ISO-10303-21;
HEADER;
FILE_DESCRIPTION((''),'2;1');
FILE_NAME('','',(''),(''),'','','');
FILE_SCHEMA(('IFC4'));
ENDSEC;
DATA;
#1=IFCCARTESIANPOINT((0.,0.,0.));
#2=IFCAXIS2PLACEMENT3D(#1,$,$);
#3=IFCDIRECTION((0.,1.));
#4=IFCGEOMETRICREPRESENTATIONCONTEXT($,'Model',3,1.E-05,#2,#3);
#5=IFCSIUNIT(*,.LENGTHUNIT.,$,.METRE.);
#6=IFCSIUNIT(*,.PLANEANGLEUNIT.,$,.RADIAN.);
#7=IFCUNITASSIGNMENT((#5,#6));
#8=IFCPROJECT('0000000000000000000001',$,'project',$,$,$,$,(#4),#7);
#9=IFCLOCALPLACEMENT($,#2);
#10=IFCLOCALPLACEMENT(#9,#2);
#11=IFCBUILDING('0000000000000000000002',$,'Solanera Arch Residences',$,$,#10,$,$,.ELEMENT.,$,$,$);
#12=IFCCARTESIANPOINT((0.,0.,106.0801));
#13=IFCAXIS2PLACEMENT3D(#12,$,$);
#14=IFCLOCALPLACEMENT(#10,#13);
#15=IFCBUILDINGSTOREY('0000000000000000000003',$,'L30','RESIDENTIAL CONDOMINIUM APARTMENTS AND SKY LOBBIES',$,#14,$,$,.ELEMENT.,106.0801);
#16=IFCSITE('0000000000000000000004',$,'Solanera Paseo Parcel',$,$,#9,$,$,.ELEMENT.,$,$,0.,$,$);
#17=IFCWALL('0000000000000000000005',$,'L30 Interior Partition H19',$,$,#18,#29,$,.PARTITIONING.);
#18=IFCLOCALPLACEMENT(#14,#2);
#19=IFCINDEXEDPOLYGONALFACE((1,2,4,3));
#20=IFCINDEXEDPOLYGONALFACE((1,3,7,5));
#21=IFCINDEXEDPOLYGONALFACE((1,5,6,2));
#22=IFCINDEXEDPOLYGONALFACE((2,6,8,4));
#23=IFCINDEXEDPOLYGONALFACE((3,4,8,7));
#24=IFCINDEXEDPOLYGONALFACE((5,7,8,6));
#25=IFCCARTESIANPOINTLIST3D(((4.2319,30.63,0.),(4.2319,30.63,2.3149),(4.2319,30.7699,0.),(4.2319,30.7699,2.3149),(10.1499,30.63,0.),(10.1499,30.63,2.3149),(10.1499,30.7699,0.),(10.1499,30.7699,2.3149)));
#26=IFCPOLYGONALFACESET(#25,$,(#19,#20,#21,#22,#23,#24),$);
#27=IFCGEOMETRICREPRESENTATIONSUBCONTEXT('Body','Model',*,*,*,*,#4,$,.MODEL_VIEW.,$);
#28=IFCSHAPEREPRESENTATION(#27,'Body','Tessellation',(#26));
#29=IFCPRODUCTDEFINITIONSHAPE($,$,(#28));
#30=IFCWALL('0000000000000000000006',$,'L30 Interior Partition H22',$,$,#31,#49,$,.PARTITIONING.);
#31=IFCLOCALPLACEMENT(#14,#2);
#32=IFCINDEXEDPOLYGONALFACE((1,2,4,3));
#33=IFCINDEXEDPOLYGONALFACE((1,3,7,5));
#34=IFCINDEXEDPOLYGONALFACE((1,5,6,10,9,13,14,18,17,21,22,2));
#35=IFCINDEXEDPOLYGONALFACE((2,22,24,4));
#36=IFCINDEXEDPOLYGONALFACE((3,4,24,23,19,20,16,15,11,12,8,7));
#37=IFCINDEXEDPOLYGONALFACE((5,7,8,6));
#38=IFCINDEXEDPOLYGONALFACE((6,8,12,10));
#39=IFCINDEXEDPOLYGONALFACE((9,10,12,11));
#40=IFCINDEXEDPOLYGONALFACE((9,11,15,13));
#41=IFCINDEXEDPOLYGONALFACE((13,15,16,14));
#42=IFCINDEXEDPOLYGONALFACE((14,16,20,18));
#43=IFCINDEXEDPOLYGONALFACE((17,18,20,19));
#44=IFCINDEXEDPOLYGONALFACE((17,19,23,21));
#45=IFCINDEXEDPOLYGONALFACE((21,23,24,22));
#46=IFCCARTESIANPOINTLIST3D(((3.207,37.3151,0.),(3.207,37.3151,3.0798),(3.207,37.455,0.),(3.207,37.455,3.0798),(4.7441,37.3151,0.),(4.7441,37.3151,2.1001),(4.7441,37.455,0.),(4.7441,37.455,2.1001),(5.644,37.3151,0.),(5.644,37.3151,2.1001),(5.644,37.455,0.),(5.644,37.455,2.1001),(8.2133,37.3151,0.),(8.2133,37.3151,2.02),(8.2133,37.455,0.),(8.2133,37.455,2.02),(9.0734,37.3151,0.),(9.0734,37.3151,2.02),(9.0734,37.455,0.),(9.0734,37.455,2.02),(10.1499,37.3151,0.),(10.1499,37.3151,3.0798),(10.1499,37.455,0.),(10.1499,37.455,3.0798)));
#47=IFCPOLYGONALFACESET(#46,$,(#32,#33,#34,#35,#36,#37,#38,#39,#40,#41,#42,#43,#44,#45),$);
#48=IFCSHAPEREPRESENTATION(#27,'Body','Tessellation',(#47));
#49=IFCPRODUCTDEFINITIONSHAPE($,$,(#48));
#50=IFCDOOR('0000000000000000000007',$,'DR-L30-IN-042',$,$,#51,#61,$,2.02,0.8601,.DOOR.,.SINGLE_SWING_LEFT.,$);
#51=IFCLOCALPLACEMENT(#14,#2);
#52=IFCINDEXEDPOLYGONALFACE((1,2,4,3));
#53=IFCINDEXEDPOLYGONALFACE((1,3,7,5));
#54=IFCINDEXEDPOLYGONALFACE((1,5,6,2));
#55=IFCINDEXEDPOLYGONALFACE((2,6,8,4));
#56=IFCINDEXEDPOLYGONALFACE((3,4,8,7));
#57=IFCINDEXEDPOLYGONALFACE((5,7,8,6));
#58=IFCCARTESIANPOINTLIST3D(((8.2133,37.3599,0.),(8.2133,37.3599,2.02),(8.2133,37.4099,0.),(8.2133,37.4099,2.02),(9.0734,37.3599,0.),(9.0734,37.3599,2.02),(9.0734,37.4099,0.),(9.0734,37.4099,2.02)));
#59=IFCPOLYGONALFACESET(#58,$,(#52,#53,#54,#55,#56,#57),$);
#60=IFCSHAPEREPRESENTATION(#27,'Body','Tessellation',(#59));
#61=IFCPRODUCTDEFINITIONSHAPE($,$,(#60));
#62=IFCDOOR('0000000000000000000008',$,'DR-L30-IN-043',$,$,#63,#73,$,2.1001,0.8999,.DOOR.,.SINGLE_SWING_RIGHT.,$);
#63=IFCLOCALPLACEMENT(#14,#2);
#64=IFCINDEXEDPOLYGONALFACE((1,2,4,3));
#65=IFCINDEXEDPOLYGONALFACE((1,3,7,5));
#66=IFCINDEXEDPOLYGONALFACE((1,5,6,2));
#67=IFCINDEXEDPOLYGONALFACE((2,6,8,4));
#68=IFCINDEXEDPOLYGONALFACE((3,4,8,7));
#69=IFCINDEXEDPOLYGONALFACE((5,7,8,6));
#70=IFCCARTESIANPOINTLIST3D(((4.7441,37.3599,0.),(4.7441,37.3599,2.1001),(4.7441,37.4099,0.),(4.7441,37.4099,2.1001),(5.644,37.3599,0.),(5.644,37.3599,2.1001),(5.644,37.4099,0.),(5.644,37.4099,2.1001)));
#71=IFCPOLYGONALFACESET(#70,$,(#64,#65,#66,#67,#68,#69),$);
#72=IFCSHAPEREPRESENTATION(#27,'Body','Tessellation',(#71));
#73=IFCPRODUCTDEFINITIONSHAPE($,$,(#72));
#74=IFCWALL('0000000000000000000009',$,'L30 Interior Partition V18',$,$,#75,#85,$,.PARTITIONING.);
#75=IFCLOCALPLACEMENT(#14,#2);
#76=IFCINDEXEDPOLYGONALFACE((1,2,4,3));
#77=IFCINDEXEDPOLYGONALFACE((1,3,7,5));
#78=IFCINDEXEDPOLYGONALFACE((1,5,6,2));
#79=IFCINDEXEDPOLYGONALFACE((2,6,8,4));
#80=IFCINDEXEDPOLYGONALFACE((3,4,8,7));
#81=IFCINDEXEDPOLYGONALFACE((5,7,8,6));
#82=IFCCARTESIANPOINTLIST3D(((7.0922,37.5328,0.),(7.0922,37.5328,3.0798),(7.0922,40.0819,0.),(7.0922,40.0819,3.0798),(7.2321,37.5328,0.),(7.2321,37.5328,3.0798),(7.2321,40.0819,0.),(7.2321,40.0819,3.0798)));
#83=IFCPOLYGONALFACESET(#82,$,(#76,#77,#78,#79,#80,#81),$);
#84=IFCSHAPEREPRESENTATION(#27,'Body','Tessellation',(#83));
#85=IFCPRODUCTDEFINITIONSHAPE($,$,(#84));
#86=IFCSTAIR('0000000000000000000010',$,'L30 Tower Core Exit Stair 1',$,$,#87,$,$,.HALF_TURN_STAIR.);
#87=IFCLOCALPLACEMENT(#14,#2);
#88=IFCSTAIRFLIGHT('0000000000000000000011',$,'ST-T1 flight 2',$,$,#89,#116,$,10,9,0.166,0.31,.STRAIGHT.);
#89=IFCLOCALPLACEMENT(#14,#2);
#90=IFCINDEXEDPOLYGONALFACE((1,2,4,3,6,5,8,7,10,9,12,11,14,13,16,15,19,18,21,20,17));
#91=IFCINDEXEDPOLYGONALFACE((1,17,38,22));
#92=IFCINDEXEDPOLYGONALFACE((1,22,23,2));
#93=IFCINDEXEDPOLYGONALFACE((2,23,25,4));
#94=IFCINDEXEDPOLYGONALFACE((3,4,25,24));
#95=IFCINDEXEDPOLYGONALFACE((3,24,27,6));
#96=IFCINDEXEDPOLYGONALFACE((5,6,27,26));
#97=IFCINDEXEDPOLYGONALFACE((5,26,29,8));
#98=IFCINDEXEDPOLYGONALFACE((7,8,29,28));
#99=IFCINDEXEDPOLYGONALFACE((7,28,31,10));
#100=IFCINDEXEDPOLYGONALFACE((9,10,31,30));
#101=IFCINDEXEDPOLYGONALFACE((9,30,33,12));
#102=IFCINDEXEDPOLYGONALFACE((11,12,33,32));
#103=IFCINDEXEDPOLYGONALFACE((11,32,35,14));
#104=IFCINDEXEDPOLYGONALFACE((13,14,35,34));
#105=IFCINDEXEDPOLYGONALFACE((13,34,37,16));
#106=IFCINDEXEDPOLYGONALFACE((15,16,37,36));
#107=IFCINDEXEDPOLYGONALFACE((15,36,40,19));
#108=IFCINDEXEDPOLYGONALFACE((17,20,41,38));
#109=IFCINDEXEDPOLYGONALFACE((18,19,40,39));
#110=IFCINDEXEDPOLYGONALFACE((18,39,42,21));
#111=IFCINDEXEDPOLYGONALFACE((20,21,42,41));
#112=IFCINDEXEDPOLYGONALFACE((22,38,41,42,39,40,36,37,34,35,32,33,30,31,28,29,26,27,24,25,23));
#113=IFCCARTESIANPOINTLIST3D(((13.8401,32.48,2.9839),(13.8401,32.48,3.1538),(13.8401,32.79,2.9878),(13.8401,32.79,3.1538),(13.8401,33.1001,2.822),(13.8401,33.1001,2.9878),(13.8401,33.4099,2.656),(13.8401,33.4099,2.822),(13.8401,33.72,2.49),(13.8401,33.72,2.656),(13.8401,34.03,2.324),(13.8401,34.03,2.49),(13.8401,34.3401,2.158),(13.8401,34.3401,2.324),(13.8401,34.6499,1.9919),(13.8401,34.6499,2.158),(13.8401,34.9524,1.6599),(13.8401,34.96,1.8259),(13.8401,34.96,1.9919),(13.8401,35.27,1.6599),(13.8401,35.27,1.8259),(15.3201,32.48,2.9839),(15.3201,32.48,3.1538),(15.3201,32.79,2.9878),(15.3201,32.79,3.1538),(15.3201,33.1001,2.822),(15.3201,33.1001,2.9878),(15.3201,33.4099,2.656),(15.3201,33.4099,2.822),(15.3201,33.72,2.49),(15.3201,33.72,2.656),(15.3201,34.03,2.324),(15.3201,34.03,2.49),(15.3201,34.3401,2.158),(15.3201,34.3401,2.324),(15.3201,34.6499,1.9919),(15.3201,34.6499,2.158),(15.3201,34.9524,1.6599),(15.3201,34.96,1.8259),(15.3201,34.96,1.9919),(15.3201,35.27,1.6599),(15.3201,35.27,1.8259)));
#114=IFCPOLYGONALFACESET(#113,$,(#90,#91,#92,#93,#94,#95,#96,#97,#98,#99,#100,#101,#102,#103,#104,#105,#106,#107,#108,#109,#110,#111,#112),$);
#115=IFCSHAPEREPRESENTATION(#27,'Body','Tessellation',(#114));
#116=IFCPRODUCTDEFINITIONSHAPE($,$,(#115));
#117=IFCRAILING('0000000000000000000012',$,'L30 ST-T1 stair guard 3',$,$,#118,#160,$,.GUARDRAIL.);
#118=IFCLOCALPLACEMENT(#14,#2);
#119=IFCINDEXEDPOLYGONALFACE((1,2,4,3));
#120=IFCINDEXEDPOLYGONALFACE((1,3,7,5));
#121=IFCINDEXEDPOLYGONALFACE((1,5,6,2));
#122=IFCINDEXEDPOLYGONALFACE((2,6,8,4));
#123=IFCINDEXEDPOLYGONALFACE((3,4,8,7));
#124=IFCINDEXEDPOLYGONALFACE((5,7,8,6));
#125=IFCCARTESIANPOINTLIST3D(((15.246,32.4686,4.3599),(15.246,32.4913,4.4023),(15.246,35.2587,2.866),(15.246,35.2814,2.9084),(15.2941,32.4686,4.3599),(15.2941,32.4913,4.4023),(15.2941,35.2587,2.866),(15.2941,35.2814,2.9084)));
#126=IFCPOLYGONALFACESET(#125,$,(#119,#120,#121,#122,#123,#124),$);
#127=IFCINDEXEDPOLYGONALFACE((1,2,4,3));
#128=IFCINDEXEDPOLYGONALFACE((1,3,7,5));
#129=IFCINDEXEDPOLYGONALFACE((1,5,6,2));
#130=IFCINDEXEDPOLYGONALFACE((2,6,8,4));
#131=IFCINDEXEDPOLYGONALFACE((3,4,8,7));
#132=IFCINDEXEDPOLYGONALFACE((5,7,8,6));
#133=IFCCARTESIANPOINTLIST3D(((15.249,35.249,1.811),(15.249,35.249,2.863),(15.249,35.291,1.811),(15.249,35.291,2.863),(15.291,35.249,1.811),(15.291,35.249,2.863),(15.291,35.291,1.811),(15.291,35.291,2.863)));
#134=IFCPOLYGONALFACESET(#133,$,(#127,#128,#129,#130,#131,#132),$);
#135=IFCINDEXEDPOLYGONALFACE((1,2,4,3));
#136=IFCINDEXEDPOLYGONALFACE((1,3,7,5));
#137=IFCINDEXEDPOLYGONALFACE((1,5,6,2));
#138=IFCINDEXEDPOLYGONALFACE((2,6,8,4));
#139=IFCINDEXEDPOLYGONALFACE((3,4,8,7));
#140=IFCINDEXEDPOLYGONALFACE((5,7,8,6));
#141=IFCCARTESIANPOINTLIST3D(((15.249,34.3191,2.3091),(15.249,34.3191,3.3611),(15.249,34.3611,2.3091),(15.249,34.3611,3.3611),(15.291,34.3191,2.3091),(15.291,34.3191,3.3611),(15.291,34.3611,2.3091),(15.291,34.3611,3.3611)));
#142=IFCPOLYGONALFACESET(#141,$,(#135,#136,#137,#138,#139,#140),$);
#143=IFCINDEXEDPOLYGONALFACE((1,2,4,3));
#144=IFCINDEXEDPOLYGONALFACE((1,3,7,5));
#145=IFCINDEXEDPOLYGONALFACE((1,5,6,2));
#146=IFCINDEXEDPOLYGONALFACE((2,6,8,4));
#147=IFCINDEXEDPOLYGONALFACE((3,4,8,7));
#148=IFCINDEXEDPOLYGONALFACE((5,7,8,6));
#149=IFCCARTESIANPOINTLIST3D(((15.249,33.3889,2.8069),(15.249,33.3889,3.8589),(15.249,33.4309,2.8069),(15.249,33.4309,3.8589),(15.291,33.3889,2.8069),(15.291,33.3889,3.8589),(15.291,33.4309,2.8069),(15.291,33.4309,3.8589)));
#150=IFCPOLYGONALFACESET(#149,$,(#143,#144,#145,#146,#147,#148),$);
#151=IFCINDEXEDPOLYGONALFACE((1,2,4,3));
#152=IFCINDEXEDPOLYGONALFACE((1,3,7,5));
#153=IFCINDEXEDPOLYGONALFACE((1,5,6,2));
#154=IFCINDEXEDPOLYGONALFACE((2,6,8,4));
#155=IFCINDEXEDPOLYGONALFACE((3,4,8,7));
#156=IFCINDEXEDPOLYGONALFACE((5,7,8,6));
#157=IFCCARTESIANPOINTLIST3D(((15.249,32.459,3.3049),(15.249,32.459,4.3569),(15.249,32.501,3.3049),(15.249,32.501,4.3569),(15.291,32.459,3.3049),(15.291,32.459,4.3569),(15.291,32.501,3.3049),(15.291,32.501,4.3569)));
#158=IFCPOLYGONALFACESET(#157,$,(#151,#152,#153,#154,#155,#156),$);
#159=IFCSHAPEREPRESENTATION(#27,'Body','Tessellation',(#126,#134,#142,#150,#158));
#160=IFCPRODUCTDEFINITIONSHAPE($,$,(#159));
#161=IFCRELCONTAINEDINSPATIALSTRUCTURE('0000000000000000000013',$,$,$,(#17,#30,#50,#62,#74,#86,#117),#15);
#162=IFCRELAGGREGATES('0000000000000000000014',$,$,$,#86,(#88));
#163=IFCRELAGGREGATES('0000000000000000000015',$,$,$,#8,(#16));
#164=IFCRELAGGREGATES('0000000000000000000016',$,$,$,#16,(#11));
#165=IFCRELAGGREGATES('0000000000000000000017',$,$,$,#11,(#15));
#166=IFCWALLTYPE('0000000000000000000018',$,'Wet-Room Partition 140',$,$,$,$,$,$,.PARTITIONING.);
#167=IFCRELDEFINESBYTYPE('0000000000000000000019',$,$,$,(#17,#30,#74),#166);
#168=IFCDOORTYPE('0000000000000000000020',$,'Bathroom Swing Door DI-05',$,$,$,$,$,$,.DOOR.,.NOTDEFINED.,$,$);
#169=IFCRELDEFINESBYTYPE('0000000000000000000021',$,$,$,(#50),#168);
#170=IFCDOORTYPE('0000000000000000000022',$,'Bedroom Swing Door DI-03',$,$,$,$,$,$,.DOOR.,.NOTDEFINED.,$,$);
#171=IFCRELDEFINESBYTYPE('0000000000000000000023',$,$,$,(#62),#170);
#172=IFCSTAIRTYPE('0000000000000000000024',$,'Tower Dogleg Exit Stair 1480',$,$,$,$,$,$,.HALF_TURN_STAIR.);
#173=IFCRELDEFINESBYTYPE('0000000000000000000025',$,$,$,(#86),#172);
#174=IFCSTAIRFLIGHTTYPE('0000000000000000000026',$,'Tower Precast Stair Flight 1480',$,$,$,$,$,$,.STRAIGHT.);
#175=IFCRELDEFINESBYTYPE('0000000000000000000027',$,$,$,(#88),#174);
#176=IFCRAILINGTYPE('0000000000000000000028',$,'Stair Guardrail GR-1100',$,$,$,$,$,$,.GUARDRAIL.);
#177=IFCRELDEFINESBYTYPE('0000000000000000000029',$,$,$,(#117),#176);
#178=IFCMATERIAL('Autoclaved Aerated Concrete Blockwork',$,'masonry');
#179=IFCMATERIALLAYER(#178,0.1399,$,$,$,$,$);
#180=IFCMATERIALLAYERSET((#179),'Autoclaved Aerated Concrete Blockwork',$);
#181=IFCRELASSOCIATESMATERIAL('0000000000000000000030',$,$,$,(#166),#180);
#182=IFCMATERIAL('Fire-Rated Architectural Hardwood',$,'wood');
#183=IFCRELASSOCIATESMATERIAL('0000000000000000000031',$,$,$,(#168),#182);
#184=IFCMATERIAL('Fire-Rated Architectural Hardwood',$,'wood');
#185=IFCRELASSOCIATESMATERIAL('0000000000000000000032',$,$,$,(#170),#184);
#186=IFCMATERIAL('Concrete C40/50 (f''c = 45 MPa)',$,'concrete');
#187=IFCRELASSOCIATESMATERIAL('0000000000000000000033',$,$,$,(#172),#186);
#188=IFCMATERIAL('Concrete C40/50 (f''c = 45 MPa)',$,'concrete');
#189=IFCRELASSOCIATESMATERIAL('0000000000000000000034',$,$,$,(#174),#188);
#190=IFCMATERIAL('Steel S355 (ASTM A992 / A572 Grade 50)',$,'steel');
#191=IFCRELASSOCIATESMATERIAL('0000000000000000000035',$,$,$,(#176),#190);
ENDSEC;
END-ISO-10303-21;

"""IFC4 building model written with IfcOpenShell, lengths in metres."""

from ifc_helpers import new_model, si_unit, direction, frame, frame_2d, origin, origin_2d, place, context, subcontext, project, spatial, polyline, rectangle, outline, extrude, material, layer, layer_set, type_object, element, fill, aggregate, save


model = new_model("IFC4")

# Units and contexts
model_context = context("Model", 3, precision=1e-05, world=origin(), true_north=direction((0.0, 1.0)))
body_context = subcontext(model_context, "Body", "Model", "MODEL_VIEW")
ifc_project = project(units=[si_unit("LENGTHUNIT", "METRE"), si_unit("PLANEANGLEUNIT", "RADIAN")], contexts=[model_context])

# Site, building, storey
site_placement = place(None, origin())
site = spatial("IfcSite", under=ifc_project, at=site_placement, Name="Solanera Paseo Parcel", CompositionType="ELEMENT", RefElevation=0.0)
building_placement = place(site_placement, origin())
building = spatial("IfcBuilding", under=site, at=building_placement, Name="Solanera Arch Residences", CompositionType="ELEMENT")
storey_placement = place(building_placement, frame((0.0, 0.0, 106.0801)))
storey = spatial("IfcBuildingStorey", under=building, at=storey_placement, Name="L30", Description="RESIDENTIAL CONDOMINIUM APARTMENTS AND SKY LOBBIES", CompositionType="ELEMENT", Elevation=106.0801)

# Wall
ifc_material_1 = material(Name="Autoclaved Aerated Concrete Blockwork", Category="masonry")
ifc_layer_1 = layer(ifc_material_1, 0.1399)
ifc_layer_set_1 = layer_set([ifc_layer_1], Name="Autoclaved Aerated Concrete Blockwork")
wall_type_1 = type_object("IfcWallType", Name="Wet-Room Partition 140", PredefinedType="PARTITIONING", material=ifc_layer_set_1)
wall_1_placement = place(storey_placement, frame((4.2319, 30.7, 0.0), z_axis=(0.0, 0.0, 1.0), x_axis=(1.0, 0.0, 0.0)))
element("IfcWall", 1, at=wall_1_placement, inside=storey, type_object=wall_type_1, Name="L30 Interior Partition H19", PredefinedType="PARTITIONING", context=body_context, shape_type="SweptSolid", body=[
    extrude(rectangle(XDim=5.918, YDim=0.1399, at=frame_2d((2.959, 0.0))), origin(), (0.0, 0.0, 1.0), 2.3149),
])

# Wall, openings, doors
wall_2_placement = place(storey_placement, frame((3.207, 37.385, 0.0), z_axis=(0.0, 0.0, 1.0), x_axis=(1.0, 0.0, 0.0)))
wall_2 = element("IfcWall", 2, at=wall_2_placement, inside=storey, type_object=wall_type_1, Name="L30 Interior Partition H22", PredefinedType="PARTITIONING", context=body_context, shape_type="SweptSolid", body=[
    extrude(rectangle(XDim=6.9429, YDim=0.1399, at=frame_2d((3.4714, 0.0))), origin(), (0.0, 0.0, 1.0), 3.0798),
])
opening_1_placement = place(wall_2_placement, frame((5.0061, 0.0, 0.0)))
opening_1 = element("IfcOpeningElement", 3, at=opening_1_placement, cuts=wall_2, PredefinedType="OPENING", context=body_context, shape_type="SweptSolid", body=[
    extrude(rectangle(XDim=0.8601, YDim=2.02, at=frame_2d((0.4302, 1.01))), frame((0.0, 0.0798, 0.0), z_axis=(0.0, -1.0, 0.0), x_axis=(1.0, 0.0, 0.0)), (0.0, 0.0, 1.0), 0.1599),
])
opening_2_placement = place(wall_2_placement, frame((1.5371, 0.0, 0.0)))
opening_2 = element("IfcOpeningElement", 4, at=opening_2_placement, cuts=wall_2, PredefinedType="OPENING", context=body_context, shape_type="SweptSolid", body=[
    extrude(rectangle(XDim=0.8999, YDim=2.1001, at=frame_2d((0.45, 1.05))), frame((0.0, 0.0798, 0.0), z_axis=(0.0, -1.0, 0.0), x_axis=(1.0, 0.0, 0.0)), (0.0, 0.0, 1.0), 0.1599),
])
ifc_material_2 = material(Name="Fire-Rated Architectural Hardwood", Category="wood")
door_type_1 = type_object("IfcDoorType", Name="Bathroom Swing Door DI-05", OperationType="NOTDEFINED", PredefinedType="DOOR", material=ifc_material_2)
door_1_placement = place(opening_1_placement, origin())
door_1 = element("IfcDoor", 5, at=door_1_placement, inside=storey, type_object=door_type_1, Name="DR-L30-IN-042", OperationType="SINGLE_SWING_LEFT", OverallHeight=2.02, OverallWidth=0.8601, PredefinedType="DOOR", context=body_context, shape_type="SweptSolid", body=[
    extrude(rectangle(XDim=0.8601, YDim=2.02, at=frame_2d((0.4302, 1.01))), frame((0.0, 0.0249, 0.0), z_axis=(0.0, -1.0, 0.0), x_axis=(1.0, 0.0, 0.0)), (0.0, 0.0, 1.0), 0.05),
])
fill(opening_1, door_1)
ifc_material_3 = material(Name="Fire-Rated Architectural Hardwood", Category="wood")
door_type_2 = type_object("IfcDoorType", Name="Bedroom Swing Door DI-03", OperationType="NOTDEFINED", PredefinedType="DOOR", material=ifc_material_3)
door_2_placement = place(opening_2_placement, origin())
door_2 = element("IfcDoor", 6, at=door_2_placement, inside=storey, type_object=door_type_2, Name="DR-L30-IN-043", OperationType="SINGLE_SWING_RIGHT", OverallHeight=2.1001, OverallWidth=0.8999, PredefinedType="DOOR", context=body_context, shape_type="SweptSolid", body=[
    extrude(rectangle(XDim=0.8999, YDim=2.1001, at=frame_2d((0.45, 1.05))), frame((0.0, 0.0249, 0.0), z_axis=(0.0, -1.0, 0.0), x_axis=(1.0, 0.0, 0.0)), (0.0, 0.0, 1.0), 0.05),
])
fill(opening_2, door_2)

# Wall
wall_3_placement = place(storey_placement, frame((7.1621, 37.533, 0.0), z_axis=(0.0, 0.0, 1.0), x_axis=(0.0, 1.0, 0.0)))
element("IfcWall", 7, at=wall_3_placement, inside=storey, type_object=wall_type_1, Name="L30 Interior Partition V18", PredefinedType="PARTITIONING", context=body_context, shape_type="SweptSolid", body=[
    extrude(rectangle(XDim=2.5491, YDim=0.1399, at=frame_2d((1.2744, 0.0))), origin(), (0.0, 0.0, 1.0), 3.0798),
])

# Stair, stair flight
ifc_material_4 = material(Name="Concrete C40/50 (f'c = 45 MPa)", Category="concrete")
stair_type = type_object("IfcStairType", Name="Tower Dogleg Exit Stair 1480", PredefinedType="HALF_TURN_STAIR", material=ifc_material_4)
stair_placement = place(storey_placement, origin())
stair = element("IfcStair", 8, at=stair_placement, inside=storey, type_object=stair_type, Name="L30 Tower Core Exit Stair 1", PredefinedType="HALF_TURN_STAIR")
ifc_material_5 = material(Name="Concrete C40/50 (f'c = 45 MPa)", Category="concrete")
stair_flight_type = type_object("IfcStairFlightType", Name="Tower Precast Stair Flight 1480", PredefinedType="STRAIGHT", material=ifc_material_5)
stair_flight_placement = place(storey_placement, frame((14.5801, 35.27, 1.6599), z_axis=(0.0, 0.0, 1.0), x_axis=(0.0, -1.0, 0.0)))
stair_flight = element("IfcStairFlight", 9, at=stair_flight_placement, type_object=stair_flight_type, Name="ST-T1 flight 2", NumberOfRisers=10, NumberOfTreads=9, PredefinedType="STRAIGHT", RiserHeight=0.166, TreadLength=0.31, context=body_context, shape_type="SweptSolid", body=[
    extrude(outline(polyline([(0.0, 0.0), (0.0, 0.166), (0.3101, 0.166), (0.3101, 0.332), (0.6201, 0.332), (0.6201, 0.498), (0.9299, 0.498), (0.9299, 0.6641), (1.24, 0.6641), (1.24, 0.8301), (1.55, 0.8301), (1.55, 0.9961), (1.8601, 0.9961), (1.8601, 1.1621), (2.1699, 1.1621), (2.1699, 1.3279), (2.48, 1.3279), (2.48, 1.4939), (2.79, 1.4939), (2.79, 1.6599), (2.79, 1.324), (0.3176, 0.0), (0.0, 0.0)])), frame((0.0, 0.74, 0.0), z_axis=(0.0, -1.0, 0.0), x_axis=(1.0, 0.0, 0.0)), (0.0, 0.0, 1.0), 1.48),
])
aggregate(stair, [stair_flight])

# Railing
ifc_material_6 = material(Name="Steel S355 (ASTM A992 / A572 Grade 50)", Category="steel")
railing_type_1 = type_object("IfcRailingType", Name="Stair Guardrail GR-1100", PredefinedType="GUARDRAIL", material=ifc_material_6)
railing_1_placement = place(storey_placement, frame((15.27, 35.27, 1.811)))
element("IfcRailing", 10, at=railing_1_placement, inside=storey, type_object=railing_type_1, Name="L30 ST-T1 stair guard 3", PredefinedType="GUARDRAIL", context=body_context, shape_type="SweptSolid", body=[
    extrude(rectangle(XDim=0.0481, YDim=0.0481, at=origin_2d()), frame((0.0, 0.0, 1.0762), z_axis=(0.0, -0.881581, 0.472033), x_axis=(1.0, 0.0, 0.0)), (0.0, 0.0, 1.0), 3.1648),
    extrude(rectangle(XDim=0.042, YDim=0.042, at=origin_2d()), origin(), (0.0, 0.0, 1.0), 1.052),
    extrude(rectangle(XDim=0.042, YDim=0.042, at=origin_2d()), frame((0.0, -0.9299, 0.498)), (0.0, 0.0, 1.0), 1.052),
    extrude(rectangle(XDim=0.042, YDim=0.042, at=origin_2d()), frame((0.0, -1.8601, 0.9958)), (0.0, 0.0, 1.0), 1.052),
    extrude(rectangle(XDim=0.042, YDim=0.042, at=origin_2d()), frame((0.0, -2.79, 1.4939)), (0.0, 0.0, 1.0), 1.052),
])

save(model, "model.ifc")
